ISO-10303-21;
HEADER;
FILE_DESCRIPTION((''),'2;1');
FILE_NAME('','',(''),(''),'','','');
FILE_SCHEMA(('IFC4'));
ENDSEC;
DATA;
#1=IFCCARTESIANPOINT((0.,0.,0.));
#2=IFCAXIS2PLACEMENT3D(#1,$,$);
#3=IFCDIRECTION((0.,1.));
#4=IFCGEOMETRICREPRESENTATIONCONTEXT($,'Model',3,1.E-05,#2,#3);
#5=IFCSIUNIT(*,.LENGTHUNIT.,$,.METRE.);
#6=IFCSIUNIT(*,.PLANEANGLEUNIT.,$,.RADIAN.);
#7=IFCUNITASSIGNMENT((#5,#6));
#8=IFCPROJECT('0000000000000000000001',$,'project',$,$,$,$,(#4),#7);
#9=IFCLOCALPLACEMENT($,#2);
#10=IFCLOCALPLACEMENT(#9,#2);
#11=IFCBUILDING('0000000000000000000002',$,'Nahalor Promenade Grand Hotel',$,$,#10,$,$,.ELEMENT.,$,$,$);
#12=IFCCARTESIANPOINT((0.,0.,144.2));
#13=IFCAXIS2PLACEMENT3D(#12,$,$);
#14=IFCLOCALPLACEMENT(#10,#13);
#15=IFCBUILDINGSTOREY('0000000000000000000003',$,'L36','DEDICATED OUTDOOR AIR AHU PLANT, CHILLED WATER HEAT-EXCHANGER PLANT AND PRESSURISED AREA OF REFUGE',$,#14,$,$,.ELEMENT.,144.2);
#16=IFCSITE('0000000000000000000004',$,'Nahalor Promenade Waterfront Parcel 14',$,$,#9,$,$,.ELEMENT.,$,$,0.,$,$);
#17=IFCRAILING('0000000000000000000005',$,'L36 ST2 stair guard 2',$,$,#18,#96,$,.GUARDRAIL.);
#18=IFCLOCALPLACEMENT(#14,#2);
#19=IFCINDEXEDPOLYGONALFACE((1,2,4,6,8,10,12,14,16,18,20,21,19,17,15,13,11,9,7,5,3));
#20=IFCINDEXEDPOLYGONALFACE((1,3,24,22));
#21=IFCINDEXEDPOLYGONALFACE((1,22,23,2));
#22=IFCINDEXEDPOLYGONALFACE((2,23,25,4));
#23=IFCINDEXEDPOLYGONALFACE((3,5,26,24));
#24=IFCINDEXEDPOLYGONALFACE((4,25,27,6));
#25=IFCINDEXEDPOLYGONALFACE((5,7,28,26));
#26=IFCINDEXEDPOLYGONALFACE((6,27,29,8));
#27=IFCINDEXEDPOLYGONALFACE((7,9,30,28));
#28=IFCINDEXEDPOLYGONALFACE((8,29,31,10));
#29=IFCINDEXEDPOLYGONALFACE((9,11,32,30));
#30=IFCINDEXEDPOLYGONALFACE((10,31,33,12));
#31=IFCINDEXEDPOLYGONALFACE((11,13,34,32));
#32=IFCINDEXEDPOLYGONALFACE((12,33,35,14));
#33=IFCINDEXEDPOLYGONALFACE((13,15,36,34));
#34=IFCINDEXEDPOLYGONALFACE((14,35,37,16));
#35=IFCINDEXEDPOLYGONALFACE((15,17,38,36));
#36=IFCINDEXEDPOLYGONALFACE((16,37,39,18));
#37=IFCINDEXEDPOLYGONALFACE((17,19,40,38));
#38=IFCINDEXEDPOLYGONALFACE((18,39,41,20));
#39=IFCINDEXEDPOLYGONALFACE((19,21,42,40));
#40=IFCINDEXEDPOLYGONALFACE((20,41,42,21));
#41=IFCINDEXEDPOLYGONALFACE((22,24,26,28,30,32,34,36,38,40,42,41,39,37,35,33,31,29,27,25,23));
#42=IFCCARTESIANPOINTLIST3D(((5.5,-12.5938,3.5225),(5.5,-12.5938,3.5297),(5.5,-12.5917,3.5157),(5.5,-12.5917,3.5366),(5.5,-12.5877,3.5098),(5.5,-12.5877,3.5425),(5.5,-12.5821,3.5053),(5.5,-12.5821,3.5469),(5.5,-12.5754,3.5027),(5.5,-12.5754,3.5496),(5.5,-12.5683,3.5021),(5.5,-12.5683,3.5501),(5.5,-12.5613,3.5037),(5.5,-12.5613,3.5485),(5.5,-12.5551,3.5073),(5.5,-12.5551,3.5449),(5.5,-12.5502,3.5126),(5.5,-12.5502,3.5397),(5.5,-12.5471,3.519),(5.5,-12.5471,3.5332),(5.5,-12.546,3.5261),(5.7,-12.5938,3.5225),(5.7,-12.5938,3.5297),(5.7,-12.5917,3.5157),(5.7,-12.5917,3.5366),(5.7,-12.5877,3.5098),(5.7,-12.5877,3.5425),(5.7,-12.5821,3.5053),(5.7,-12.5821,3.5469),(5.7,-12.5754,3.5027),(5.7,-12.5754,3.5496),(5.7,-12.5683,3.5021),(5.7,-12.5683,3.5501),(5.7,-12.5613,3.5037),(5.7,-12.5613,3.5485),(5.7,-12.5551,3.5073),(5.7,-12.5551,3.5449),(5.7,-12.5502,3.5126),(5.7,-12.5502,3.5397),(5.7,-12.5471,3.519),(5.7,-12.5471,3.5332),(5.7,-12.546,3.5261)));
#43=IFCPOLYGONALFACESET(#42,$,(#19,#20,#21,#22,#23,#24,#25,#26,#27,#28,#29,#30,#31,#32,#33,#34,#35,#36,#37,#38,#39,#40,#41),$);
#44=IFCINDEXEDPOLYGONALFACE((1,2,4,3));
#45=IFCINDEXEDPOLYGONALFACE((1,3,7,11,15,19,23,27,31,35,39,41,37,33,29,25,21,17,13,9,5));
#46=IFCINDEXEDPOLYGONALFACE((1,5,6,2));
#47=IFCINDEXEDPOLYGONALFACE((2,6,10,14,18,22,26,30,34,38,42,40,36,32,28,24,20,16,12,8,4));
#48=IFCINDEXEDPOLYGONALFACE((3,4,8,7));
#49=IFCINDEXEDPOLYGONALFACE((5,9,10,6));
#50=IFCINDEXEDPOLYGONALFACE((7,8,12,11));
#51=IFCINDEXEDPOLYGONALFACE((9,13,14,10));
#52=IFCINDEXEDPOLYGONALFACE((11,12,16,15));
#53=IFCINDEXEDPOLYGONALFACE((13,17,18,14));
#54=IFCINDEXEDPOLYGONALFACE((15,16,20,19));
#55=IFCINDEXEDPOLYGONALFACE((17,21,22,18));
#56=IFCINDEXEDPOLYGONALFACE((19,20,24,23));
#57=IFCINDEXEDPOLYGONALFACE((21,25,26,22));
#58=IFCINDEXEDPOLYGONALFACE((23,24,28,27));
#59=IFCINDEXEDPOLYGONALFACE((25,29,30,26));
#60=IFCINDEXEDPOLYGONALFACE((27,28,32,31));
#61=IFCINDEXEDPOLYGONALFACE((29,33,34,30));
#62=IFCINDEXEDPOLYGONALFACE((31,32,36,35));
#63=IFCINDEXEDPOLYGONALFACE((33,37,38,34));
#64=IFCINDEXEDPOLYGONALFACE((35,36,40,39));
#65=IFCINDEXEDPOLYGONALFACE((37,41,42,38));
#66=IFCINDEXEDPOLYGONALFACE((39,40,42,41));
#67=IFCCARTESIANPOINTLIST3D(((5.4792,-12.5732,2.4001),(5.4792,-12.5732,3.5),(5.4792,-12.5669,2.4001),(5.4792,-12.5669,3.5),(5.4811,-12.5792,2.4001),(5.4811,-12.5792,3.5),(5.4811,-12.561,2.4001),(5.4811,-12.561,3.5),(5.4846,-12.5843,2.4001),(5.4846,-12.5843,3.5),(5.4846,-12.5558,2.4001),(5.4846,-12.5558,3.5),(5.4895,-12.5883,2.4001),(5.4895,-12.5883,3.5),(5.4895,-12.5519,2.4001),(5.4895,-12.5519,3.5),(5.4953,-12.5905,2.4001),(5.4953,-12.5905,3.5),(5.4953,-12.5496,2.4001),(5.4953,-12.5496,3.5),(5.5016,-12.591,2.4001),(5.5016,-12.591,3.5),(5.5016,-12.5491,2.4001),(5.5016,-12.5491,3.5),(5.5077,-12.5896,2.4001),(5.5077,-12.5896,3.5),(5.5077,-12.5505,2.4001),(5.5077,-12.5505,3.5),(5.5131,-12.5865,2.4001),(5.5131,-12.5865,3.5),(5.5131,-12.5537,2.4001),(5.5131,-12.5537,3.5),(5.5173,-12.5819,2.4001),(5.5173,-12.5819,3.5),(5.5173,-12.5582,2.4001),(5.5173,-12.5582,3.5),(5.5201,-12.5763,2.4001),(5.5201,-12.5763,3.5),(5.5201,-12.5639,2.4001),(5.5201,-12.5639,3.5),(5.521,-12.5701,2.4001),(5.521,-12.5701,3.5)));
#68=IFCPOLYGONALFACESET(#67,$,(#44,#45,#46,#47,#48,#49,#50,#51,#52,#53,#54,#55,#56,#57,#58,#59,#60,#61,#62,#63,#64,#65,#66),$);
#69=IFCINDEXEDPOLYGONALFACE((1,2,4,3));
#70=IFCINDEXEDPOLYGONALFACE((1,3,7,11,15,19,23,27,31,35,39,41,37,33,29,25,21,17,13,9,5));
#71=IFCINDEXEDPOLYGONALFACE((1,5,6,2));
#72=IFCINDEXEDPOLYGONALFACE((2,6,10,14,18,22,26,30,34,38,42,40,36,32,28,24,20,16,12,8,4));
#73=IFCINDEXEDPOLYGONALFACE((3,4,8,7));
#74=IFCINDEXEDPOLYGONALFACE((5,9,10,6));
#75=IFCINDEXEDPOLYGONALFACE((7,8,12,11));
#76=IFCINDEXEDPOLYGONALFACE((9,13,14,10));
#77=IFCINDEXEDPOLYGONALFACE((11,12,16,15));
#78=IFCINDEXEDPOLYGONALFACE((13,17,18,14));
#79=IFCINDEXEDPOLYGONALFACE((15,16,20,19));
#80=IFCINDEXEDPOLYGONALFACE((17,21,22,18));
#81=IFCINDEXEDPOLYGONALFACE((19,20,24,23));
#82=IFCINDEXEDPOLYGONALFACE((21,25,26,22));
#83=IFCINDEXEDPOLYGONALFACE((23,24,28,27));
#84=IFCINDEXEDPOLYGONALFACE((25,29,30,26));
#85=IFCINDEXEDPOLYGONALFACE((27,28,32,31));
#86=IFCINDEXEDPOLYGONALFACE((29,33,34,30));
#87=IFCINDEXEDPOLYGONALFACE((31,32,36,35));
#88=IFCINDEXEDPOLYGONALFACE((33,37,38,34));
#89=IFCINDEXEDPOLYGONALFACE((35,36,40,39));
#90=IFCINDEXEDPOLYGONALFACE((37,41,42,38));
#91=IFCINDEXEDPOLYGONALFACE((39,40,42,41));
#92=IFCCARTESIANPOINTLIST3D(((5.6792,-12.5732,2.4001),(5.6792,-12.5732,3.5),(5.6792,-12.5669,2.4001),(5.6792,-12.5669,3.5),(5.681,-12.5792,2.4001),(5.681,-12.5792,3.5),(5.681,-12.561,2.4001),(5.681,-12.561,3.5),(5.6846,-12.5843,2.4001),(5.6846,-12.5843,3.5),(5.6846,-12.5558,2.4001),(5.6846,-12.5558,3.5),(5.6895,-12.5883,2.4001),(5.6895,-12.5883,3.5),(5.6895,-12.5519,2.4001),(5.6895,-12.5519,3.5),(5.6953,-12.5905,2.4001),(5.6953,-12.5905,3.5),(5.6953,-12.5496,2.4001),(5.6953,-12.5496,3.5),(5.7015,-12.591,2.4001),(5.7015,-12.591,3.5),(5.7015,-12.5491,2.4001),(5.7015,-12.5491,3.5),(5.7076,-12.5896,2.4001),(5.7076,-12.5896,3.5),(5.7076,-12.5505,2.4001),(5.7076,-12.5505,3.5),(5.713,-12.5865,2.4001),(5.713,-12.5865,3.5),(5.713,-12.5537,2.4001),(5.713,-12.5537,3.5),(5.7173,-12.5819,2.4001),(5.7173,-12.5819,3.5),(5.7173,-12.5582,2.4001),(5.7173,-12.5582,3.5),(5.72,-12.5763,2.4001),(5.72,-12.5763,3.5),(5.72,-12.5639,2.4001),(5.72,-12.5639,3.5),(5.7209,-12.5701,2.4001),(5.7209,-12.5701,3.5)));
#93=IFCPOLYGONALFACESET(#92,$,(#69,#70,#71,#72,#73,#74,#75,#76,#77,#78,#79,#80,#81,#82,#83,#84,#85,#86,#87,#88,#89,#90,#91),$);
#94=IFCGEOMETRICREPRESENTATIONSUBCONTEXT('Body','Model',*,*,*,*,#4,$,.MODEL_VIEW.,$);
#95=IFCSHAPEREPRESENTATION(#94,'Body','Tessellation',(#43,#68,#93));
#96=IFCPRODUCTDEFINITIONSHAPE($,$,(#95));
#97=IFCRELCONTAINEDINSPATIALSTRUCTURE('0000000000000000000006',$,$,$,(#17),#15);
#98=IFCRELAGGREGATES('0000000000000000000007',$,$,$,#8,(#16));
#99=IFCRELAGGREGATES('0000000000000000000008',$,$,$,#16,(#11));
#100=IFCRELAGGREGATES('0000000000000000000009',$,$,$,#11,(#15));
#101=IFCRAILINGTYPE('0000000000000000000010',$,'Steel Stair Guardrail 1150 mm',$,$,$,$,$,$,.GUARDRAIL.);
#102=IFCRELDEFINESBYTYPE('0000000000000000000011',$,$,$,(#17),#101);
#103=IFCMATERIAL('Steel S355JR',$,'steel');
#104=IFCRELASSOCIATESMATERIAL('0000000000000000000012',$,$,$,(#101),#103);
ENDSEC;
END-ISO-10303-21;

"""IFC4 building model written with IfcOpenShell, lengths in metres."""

from ifc_helpers import new_model, si_unit, direction, frame, origin, origin_2d, place, context, subcontext, project, spatial, circle, extrude, material, type_object, element, save


model = new_model("IFC4")

# Units and contexts
model_context = context("Model", 3, precision=1e-05, world=origin(), true_north=direction((0.0, 1.0)))
body_context = subcontext(model_context, "Body", "Model", "MODEL_VIEW")
ifc_project = project(units=[si_unit("LENGTHUNIT", "METRE"), si_unit("PLANEANGLEUNIT", "RADIAN")], contexts=[model_context])

# Site, building, storey
site_placement = place(None, origin())
site = spatial("IfcSite", under=ifc_project, at=site_placement, Name="Nahalor Promenade Waterfront Parcel 14", CompositionType="ELEMENT", RefElevation=0.0)
building_placement = place(site_placement, origin())
building = spatial("IfcBuilding", under=site, at=building_placement, Name="Nahalor Promenade Grand Hotel", CompositionType="ELEMENT")
storey_placement = place(building_placement, frame((0.0, 0.0, 144.2)))
storey = spatial("IfcBuildingStorey", under=building, at=storey_placement, Name="L36", Description="DEDICATED OUTDOOR AIR AHU PLANT, CHILLED WATER HEAT-EXCHANGER PLANT AND PRESSURISED AREA OF REFUGE", CompositionType="ELEMENT", Elevation=144.2)

# Shared definitions
ifc_material_1 = material(Name="Steel S355JR", Category="steel")

# Railing
railing_type_1 = type_object("IfcRailingType", Name="Steel Stair Guardrail 1150 mm", PredefinedType="GUARDRAIL", material=ifc_material_1)
railing_1_placement = place(storey_placement, frame((5.5, -12.5701, 2.4001)))
element("IfcRailing", 1, at=railing_1_placement, inside=storey, type_object=railing_type_1, Name="L36 ST2 stair guard 2", PredefinedType="GUARDRAIL", context=body_context, shape_type="SweptSolid", body=[
    extrude(circle(Radius=0.024, at=origin_2d()), frame((0.0, 0.0, 1.126), z_axis=(1.0, 0.0, 0.0), x_axis=(0.0, 1.0, 0.0)), (0.0, 0.0, 1.0), 0.2),
    extrude(circle(Radius=0.021, at=origin_2d()), origin(), (0.0, 0.0, 1.0), 1.0999),
    extrude(circle(Radius=0.021, at=origin_2d()), frame((0.2, 0.0, 0.0)), (0.0, 0.0, 1.0), 1.0999),
])

save(model, "model.ifc")
